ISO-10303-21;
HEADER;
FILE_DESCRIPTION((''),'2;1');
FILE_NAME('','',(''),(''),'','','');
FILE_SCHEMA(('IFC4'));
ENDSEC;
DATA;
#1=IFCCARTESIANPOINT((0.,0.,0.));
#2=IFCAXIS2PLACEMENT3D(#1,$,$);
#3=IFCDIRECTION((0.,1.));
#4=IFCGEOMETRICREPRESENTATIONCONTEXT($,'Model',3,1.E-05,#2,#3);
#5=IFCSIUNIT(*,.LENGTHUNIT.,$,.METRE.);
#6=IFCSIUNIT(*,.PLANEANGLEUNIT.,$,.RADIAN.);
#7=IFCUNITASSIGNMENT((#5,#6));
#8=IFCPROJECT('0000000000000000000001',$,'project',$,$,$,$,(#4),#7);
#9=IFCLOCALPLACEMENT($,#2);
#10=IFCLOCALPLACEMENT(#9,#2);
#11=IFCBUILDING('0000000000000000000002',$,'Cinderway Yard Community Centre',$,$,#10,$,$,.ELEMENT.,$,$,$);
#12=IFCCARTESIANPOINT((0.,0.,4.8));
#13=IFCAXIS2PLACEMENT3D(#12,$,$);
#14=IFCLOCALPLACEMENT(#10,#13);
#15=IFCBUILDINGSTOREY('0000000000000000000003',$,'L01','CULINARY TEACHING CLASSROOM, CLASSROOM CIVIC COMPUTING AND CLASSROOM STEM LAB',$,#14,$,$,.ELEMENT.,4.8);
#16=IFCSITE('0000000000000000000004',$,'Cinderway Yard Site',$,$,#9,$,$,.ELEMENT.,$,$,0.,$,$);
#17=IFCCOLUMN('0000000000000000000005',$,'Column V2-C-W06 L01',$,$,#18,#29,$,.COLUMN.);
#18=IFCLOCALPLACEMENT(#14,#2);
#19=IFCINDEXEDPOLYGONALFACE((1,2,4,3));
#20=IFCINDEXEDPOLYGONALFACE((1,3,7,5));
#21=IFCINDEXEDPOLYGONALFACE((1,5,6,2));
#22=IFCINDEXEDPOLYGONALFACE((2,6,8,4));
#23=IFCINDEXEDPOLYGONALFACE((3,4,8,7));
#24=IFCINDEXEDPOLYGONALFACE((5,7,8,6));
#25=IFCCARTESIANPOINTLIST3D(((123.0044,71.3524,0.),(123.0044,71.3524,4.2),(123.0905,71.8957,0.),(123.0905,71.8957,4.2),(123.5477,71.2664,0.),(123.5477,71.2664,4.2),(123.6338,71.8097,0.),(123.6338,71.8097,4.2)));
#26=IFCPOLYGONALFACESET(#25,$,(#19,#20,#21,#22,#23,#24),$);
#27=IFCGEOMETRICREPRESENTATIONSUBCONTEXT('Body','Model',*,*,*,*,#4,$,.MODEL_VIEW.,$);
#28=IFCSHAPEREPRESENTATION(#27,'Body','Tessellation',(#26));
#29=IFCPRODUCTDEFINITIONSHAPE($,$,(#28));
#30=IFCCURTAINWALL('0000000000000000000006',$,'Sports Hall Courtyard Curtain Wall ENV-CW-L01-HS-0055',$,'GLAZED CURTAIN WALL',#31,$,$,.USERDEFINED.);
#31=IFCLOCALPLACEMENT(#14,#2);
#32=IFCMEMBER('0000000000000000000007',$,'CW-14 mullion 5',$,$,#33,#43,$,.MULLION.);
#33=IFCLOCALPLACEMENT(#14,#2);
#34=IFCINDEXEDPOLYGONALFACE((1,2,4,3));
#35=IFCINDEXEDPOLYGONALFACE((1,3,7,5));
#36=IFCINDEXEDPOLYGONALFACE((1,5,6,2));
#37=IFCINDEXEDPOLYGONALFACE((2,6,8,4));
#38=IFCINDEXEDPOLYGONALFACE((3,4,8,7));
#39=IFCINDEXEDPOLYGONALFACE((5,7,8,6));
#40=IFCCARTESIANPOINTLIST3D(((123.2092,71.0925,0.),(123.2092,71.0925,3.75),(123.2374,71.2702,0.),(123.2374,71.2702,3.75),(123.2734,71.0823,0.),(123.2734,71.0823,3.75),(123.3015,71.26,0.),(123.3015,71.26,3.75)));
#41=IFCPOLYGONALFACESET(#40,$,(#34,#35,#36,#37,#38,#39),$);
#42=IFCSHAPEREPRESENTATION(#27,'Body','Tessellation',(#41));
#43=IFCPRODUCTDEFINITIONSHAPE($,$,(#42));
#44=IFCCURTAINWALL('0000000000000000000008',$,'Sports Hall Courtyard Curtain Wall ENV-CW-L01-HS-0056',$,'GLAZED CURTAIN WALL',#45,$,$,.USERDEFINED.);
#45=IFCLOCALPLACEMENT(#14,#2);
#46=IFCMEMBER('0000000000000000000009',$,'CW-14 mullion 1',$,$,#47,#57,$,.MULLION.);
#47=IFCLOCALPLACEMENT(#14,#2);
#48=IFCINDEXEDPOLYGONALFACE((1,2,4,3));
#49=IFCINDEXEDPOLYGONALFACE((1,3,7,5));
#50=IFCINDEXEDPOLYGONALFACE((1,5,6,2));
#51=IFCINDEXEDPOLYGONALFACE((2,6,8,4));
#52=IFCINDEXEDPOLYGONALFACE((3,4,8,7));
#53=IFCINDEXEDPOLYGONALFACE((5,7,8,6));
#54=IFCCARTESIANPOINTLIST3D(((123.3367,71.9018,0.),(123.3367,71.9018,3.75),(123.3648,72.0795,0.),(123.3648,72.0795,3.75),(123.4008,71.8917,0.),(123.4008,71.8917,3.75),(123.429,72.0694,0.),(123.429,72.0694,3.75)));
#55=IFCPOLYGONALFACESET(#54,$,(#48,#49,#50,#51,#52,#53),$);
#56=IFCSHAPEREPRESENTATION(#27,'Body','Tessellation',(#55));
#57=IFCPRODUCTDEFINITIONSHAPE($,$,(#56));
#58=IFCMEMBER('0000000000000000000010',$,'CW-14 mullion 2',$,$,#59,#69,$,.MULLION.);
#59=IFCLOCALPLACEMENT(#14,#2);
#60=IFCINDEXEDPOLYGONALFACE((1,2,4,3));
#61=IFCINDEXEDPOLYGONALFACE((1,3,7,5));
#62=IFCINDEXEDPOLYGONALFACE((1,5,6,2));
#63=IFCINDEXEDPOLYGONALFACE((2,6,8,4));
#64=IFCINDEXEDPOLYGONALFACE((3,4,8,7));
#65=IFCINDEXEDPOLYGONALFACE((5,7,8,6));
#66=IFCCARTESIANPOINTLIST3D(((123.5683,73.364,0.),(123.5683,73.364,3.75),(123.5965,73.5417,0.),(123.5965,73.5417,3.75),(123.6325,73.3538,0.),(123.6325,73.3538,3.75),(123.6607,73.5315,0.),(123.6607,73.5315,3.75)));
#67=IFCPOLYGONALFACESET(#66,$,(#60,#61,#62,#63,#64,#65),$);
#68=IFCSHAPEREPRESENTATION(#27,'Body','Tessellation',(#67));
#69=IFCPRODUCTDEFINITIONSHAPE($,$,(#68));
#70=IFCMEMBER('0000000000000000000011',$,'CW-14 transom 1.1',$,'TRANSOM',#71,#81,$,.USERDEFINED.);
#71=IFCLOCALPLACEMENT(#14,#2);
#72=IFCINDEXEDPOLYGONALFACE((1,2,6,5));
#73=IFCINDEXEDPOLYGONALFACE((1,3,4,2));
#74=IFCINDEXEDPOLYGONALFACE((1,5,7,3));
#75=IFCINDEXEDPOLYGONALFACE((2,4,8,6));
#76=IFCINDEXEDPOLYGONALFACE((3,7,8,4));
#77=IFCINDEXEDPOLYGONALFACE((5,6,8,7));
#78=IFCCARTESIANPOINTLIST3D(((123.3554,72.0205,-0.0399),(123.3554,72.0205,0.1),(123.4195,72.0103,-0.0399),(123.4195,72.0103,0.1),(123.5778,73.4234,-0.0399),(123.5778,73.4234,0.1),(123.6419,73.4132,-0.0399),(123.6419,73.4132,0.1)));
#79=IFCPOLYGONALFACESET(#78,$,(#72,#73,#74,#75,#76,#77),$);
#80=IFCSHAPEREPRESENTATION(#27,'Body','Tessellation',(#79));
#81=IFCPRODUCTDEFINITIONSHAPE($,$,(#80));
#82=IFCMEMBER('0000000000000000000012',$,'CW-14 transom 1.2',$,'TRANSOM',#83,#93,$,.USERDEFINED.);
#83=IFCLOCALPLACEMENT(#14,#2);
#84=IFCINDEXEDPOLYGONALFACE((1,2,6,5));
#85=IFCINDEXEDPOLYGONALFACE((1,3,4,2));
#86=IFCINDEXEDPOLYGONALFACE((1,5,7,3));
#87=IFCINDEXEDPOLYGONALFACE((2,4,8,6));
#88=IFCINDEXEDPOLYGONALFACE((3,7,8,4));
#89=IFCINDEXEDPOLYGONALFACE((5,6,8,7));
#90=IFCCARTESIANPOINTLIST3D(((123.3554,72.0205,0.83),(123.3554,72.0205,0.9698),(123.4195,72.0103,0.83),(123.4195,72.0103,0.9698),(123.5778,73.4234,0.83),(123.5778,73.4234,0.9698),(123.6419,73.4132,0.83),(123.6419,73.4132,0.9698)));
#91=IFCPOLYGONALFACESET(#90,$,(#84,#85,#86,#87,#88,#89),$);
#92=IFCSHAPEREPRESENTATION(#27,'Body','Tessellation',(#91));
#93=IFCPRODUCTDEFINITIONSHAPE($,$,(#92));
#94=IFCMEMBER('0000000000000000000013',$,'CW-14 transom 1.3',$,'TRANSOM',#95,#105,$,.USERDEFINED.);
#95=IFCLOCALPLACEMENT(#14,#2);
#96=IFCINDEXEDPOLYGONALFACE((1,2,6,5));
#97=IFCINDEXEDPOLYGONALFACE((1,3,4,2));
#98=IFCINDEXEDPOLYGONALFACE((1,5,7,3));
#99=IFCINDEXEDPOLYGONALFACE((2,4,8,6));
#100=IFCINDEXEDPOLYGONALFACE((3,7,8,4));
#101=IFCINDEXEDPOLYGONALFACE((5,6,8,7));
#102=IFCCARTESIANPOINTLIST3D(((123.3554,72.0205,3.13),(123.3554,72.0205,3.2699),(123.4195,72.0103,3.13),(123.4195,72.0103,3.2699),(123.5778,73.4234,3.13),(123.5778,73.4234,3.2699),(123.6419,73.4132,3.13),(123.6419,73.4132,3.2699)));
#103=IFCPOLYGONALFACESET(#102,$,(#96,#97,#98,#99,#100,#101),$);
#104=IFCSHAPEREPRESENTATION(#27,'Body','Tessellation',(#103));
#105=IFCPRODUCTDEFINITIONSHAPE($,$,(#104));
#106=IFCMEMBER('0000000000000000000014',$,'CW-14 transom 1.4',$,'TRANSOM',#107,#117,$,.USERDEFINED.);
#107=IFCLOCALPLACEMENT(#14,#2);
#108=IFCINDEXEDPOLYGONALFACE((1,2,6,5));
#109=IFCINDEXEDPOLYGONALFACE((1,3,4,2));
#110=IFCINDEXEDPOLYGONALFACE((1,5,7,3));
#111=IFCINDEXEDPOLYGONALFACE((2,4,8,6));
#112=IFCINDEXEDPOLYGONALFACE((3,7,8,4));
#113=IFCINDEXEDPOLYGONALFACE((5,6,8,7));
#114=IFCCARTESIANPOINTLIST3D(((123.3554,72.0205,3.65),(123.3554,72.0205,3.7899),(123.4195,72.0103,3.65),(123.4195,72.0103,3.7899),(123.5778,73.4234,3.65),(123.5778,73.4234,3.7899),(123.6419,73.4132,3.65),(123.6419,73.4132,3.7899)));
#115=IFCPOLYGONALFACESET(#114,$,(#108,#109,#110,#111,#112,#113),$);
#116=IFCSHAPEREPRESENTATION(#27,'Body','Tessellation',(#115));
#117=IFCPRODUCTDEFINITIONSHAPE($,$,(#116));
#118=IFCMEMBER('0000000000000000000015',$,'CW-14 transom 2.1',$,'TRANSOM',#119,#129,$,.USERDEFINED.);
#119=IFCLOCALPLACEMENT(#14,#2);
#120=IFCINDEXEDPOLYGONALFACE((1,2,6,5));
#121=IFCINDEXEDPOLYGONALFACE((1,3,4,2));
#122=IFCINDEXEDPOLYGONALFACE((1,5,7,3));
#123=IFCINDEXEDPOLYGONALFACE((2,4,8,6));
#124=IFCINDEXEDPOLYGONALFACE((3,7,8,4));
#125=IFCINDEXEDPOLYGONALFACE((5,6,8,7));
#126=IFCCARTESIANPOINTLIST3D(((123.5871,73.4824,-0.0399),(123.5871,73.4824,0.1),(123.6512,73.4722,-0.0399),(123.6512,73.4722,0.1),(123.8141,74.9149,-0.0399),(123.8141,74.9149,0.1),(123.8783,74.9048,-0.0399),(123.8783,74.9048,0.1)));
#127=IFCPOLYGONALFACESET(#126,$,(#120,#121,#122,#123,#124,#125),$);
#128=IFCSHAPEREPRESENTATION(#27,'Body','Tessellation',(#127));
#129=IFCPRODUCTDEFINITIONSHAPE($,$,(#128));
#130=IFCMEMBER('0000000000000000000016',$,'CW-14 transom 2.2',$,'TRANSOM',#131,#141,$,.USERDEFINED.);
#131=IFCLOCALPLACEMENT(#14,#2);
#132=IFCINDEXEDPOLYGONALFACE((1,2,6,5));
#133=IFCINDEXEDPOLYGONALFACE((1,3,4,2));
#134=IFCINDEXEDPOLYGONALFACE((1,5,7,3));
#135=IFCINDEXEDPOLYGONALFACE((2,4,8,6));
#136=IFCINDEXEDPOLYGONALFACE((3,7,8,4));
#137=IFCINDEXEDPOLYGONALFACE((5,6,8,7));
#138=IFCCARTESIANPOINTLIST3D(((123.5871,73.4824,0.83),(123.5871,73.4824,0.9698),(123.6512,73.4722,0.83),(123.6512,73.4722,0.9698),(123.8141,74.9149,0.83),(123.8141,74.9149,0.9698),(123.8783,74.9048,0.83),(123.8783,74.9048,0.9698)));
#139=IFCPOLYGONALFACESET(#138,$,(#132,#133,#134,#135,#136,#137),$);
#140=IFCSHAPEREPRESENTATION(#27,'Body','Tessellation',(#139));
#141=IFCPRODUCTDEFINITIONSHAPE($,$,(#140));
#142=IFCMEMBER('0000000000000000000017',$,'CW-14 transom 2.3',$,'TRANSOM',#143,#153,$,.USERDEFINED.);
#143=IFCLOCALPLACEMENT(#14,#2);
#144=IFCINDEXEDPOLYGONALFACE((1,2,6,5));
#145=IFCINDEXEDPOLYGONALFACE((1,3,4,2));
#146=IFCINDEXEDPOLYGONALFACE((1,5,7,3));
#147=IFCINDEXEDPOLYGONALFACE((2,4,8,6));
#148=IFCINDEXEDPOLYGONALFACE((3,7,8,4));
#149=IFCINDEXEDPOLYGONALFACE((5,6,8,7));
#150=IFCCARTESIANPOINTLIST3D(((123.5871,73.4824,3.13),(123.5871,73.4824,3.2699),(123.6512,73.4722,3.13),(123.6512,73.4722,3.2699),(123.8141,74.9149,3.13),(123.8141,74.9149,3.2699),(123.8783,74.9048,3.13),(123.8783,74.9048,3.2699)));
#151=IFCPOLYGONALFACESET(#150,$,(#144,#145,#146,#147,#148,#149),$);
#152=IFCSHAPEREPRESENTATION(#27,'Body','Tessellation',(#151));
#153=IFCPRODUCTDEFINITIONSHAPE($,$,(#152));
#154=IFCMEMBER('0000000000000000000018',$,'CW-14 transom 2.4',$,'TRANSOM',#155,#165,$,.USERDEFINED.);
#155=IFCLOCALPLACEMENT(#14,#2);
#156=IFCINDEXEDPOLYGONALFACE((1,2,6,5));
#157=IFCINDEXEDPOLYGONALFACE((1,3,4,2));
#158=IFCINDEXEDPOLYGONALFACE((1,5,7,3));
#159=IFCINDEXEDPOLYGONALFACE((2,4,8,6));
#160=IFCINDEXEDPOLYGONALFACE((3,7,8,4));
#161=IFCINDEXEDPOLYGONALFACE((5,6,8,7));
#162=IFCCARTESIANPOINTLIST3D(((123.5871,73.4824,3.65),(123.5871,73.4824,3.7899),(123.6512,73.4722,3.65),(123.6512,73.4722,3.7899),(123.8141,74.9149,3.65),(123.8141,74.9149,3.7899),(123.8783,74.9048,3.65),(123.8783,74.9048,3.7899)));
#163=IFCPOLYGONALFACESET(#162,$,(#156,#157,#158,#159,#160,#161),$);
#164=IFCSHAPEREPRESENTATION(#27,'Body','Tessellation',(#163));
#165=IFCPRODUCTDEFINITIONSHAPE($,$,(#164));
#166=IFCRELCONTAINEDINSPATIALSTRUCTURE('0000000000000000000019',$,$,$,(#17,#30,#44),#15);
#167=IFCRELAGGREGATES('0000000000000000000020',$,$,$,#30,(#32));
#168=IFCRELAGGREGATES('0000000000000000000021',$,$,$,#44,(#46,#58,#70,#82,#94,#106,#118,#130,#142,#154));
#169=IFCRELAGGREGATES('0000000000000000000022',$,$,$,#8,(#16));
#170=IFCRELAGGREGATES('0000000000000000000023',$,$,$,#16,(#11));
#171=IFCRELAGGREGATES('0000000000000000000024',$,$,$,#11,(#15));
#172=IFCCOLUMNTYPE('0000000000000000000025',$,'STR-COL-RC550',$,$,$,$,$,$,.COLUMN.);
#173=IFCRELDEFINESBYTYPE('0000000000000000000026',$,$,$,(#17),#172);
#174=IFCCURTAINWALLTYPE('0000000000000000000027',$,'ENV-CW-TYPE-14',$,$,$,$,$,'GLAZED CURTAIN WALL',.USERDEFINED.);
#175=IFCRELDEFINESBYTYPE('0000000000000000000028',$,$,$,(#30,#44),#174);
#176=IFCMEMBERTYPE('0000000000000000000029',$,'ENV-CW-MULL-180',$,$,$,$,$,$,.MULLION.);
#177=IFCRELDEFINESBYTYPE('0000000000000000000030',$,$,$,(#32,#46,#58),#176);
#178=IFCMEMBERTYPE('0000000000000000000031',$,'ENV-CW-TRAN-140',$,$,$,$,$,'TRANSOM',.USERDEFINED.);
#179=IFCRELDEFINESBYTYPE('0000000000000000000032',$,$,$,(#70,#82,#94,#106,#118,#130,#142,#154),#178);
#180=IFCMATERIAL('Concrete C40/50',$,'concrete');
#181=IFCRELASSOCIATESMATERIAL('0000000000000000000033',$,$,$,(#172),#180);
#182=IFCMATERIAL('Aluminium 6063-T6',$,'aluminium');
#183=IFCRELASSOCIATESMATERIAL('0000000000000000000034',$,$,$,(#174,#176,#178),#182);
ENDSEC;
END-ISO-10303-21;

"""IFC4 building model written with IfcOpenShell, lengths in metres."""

from ifc_helpers import new_model, si_unit, direction, frame, origin, origin_2d, place, context, subcontext, project, spatial, rectangle, extrude, material, material_profile, profile_set, type_object, element, aggregate, save


model = new_model("IFC4")

# Units and contexts
model_context = context("Model", 3, precision=1e-05, world=origin(), true_north=direction((0.0, 1.0)))
body_context = subcontext(model_context, "Body", "Model", "MODEL_VIEW")
ifc_project = project(units=[si_unit("LENGTHUNIT", "METRE"), si_unit("PLANEANGLEUNIT", "RADIAN")], contexts=[model_context])

# Site, building, storey
site_placement = place(None, origin())
site = spatial("IfcSite", under=ifc_project, at=site_placement, Name="Cinderway Yard Site", CompositionType="ELEMENT", RefElevation=0.0)
building_placement = place(site_placement, origin())
building = spatial("IfcBuilding", under=site, at=building_placement, Name="Cinderway Yard Community Centre", CompositionType="ELEMENT")
storey_placement = place(building_placement, frame((0.0, 0.0, 4.8)))
storey = spatial("IfcBuildingStorey", under=building, at=storey_placement, Name="L01", Description="CULINARY TEACHING CLASSROOM, CLASSROOM CIVIC COMPUTING AND CLASSROOM STEM LAB", CompositionType="ELEMENT", Elevation=4.8)

# Column
ifc_material_1 = material(Name="Concrete C40/50", Category="concrete")
ifc_material_profile_1 = material_profile(ifc_material_1, rectangle(XDim=0.55, YDim=0.55, at=origin_2d()), Name="Concrete C40/50")
ifc_profile_set_1 = profile_set([ifc_material_profile_1], Name="Concrete C40/50")
column_type = type_object("IfcColumnType", Name="STR-COL-RC550", PredefinedType="COLUMN", material=ifc_profile_set_1)
column_placement = place(storey_placement, frame((123.3191, 71.5811, 0.0), z_axis=(0.0, 0.0, 1.0), x_axis=(0.987688, -0.156434, 0.0)))
element("IfcColumn", 1, at=column_placement, inside=storey, type_object=column_type, Name="Column V2-C-W06 L01", PredefinedType="COLUMN", context=body_context, shape_type="SweptSolid", body=[
    extrude(rectangle(XDim=0.55, YDim=0.55, at=origin_2d()), origin(), (0.0, 0.0, 1.0), 4.2),
])

# Curtain wall, member
ifc_material_2 = material(Name="Aluminium 6063-T6", Category="aluminium")
curtain_wall_type = type_object("IfcCurtainWallType", Name="ENV-CW-TYPE-14", ElementType="GLAZED CURTAIN WALL", PredefinedType="USERDEFINED", material=ifc_material_2)
curtain_wall_1_placement = place(storey_placement, origin())
curtain_wall_1 = element("IfcCurtainWall", 2, at=curtain_wall_1_placement, inside=storey, type_object=curtain_wall_type, Name="Sports Hall Courtyard Curtain Wall ENV-CW-L01-HS-0055", ObjectType="GLAZED CURTAIN WALL", PredefinedType="USERDEFINED")
ifc_material_profile_2 = material_profile(ifc_material_2, rectangle(XDim=0.0649, YDim=0.1799, at=origin_2d()), Name="Aluminium 6063-T6")
ifc_profile_set_2 = profile_set([ifc_material_profile_2], Name="Aluminium 6063-T6")
member_type_1 = type_object("IfcMemberType", Name="ENV-CW-MULL-180", PredefinedType="MULLION", material=ifc_profile_set_2)
member_1_placement = place(storey_placement, frame((123.2554, 71.1763, 0.0), z_axis=(0.0, 0.0, 1.0), x_axis=(-0.987661, 0.156609, 0.0)))
member_1 = element("IfcMember", 3, at=member_1_placement, type_object=member_type_1, Name="CW-14 mullion 5", PredefinedType="MULLION", context=body_context, shape_type="SweptSolid", body=[
    extrude(rectangle(XDim=0.0649, YDim=0.1799, at=origin_2d()), origin(), (0.0, 0.0, 1.0), 3.75),
])

# Curtain wall, members
curtain_wall_2_placement = place(storey_placement, origin())
curtain_wall_2 = element("IfcCurtainWall", 4, at=curtain_wall_2_placement, inside=storey, type_object=curtain_wall_type, Name="Sports Hall Courtyard Curtain Wall ENV-CW-L01-HS-0056", ObjectType="GLAZED CURTAIN WALL", PredefinedType="USERDEFINED")
member_2_placement = place(storey_placement, frame((123.3828, 71.9856, 0.0), z_axis=(0.0, 0.0, 1.0), x_axis=(-0.987665, 0.156583, 0.0)))
member_2 = element("IfcMember", 5, at=member_2_placement, type_object=member_type_1, Name="CW-14 mullion 1", PredefinedType="MULLION", context=body_context, shape_type="SweptSolid", body=[
    extrude(rectangle(XDim=0.0649, YDim=0.1799, at=origin_2d()), origin(), (0.0, 0.0, 1.0), 3.75),
])
member_3_placement = place(storey_placement, frame((123.6145, 73.4478, 0.0), z_axis=(0.0, 0.0, 1.0), x_axis=(-0.987665, 0.156583, 0.0)))
member_3 = element("IfcMember", 6, at=member_3_placement, type_object=member_type_1, Name="CW-14 mullion 2", PredefinedType="MULLION", context=body_context, shape_type="SweptSolid", body=[
    extrude(rectangle(XDim=0.0649, YDim=0.1799, at=origin_2d()), origin(), (0.0, 0.0, 1.0), 3.75),
])
ifc_material_profile_3 = material_profile(ifc_material_2, rectangle(XDim=0.0649, YDim=0.1399, at=origin_2d()), Name="Aluminium 6063-T6")
ifc_profile_set_3 = profile_set([ifc_material_profile_3], Name="Aluminium 6063-T6")
member_type_2 = type_object("IfcMemberType", Name="ENV-CW-TRAN-140", ElementType="TRANSOM", PredefinedType="USERDEFINED", material=ifc_profile_set_3)
member_4_placement = place(storey_placement, frame((123.3875, 72.0154, 0.03), z_axis=(0.156589, 0.987664, 0.0), x_axis=(-0.987664, 0.156589, 0.0)))
member_4 = element("IfcMember", 7, at=member_4_placement, type_object=member_type_2, Name="CW-14 transom 1.1", ObjectType="TRANSOM", PredefinedType="USERDEFINED", context=body_context, shape_type="SweptSolid", body=[
    extrude(rectangle(XDim=0.0649, YDim=0.1399, at=origin_2d()), origin(), (0.0, 0.0, 1.0), 1.4204),
])
member_5_placement = place(storey_placement, frame((123.3875, 72.0154, 0.8999), z_axis=(0.156589, 0.987664, 0.0), x_axis=(-0.987664, 0.156589, 0.0)))
member_5 = element("IfcMember", 8, at=member_5_placement, type_object=member_type_2, Name="CW-14 transom 1.2", ObjectType="TRANSOM", PredefinedType="USERDEFINED", context=body_context, shape_type="SweptSolid", body=[
    extrude(rectangle(XDim=0.0649, YDim=0.1399, at=origin_2d()), origin(), (0.0, 0.0, 1.0), 1.4204),
])
member_6_placement = place(storey_placement, frame((123.3875, 72.0154, 3.2), z_axis=(0.156589, 0.987664, 0.0), x_axis=(-0.987664, 0.156589, 0.0)))
member_6 = element("IfcMember", 9, at=member_6_placement, type_object=member_type_2, Name="CW-14 transom 1.3", ObjectType="TRANSOM", PredefinedType="USERDEFINED", context=body_context, shape_type="SweptSolid", body=[
    extrude(rectangle(XDim=0.0649, YDim=0.1399, at=origin_2d()), origin(), (0.0, 0.0, 1.0), 1.4204),
])
member_7_placement = place(storey_placement, frame((123.3875, 72.0154, 3.72), z_axis=(0.156589, 0.987664, 0.0), x_axis=(-0.987664, 0.156589, 0.0)))
member_7 = element("IfcMember", 10, at=member_7_placement, type_object=member_type_2, Name="CW-14 transom 1.4", ObjectType="TRANSOM", PredefinedType="USERDEFINED", context=body_context, shape_type="SweptSolid", body=[
    extrude(rectangle(XDim=0.0649, YDim=0.1399, at=origin_2d()), origin(), (0.0, 0.0, 1.0), 1.4204),
])
member_8_placement = place(storey_placement, frame((123.6191, 73.4773, 0.03), z_axis=(0.156533, 0.987673, 0.0), x_axis=(-0.987673, 0.156533, 0.0)))
member_8 = element("IfcMember", 11, at=member_8_placement, type_object=member_type_2, Name="CW-14 transom 2.1", ObjectType="TRANSOM", PredefinedType="USERDEFINED", context=body_context, shape_type="SweptSolid", body=[
    extrude(rectangle(XDim=0.0649, YDim=0.1399, at=origin_2d()), origin(), (0.0, 0.0, 1.0), 1.4504),
])
member_9_placement = place(storey_placement, frame((123.6191, 73.4773, 0.8999), z_axis=(0.156533, 0.987673, 0.0), x_axis=(-0.987673, 0.156533, 0.0)))
member_9 = element("IfcMember", 12, at=member_9_placement, type_object=member_type_2, Name="CW-14 transom 2.2", ObjectType="TRANSOM", PredefinedType="USERDEFINED", context=body_context, shape_type="SweptSolid", body=[
    extrude(rectangle(XDim=0.0649, YDim=0.1399, at=origin_2d()), origin(), (0.0, 0.0, 1.0), 1.4504),
])
member_10_placement = place(storey_placement, frame((123.6191, 73.4773, 3.2), z_axis=(0.156533, 0.987673, 0.0), x_axis=(-0.987673, 0.156533, 0.0)))
member_10 = element("IfcMember", 13, at=member_10_placement, type_object=member_type_2, Name="CW-14 transom 2.3", ObjectType="TRANSOM", PredefinedType="USERDEFINED", context=body_context, shape_type="SweptSolid", body=[
    extrude(rectangle(XDim=0.0649, YDim=0.1399, at=origin_2d()), origin(), (0.0, 0.0, 1.0), 1.4504),
])
member_11_placement = place(storey_placement, frame((123.6191, 73.4773, 3.72), z_axis=(0.156533, 0.987673, 0.0), x_axis=(-0.987673, 0.156533, 0.0)))
member_11 = element("IfcMember", 14, at=member_11_placement, type_object=member_type_2, Name="CW-14 transom 2.4", ObjectType="TRANSOM", PredefinedType="USERDEFINED", context=body_context, shape_type="SweptSolid", body=[
    extrude(rectangle(XDim=0.0649, YDim=0.1399, at=origin_2d()), origin(), (0.0, 0.0, 1.0), 1.4504),
])

aggregate(curtain_wall_1, [member_1])
aggregate(curtain_wall_2, [member_2, member_3, member_4, member_5, member_6, member_7, member_8, member_9, member_10, member_11])

save(model, "model.ifc")
